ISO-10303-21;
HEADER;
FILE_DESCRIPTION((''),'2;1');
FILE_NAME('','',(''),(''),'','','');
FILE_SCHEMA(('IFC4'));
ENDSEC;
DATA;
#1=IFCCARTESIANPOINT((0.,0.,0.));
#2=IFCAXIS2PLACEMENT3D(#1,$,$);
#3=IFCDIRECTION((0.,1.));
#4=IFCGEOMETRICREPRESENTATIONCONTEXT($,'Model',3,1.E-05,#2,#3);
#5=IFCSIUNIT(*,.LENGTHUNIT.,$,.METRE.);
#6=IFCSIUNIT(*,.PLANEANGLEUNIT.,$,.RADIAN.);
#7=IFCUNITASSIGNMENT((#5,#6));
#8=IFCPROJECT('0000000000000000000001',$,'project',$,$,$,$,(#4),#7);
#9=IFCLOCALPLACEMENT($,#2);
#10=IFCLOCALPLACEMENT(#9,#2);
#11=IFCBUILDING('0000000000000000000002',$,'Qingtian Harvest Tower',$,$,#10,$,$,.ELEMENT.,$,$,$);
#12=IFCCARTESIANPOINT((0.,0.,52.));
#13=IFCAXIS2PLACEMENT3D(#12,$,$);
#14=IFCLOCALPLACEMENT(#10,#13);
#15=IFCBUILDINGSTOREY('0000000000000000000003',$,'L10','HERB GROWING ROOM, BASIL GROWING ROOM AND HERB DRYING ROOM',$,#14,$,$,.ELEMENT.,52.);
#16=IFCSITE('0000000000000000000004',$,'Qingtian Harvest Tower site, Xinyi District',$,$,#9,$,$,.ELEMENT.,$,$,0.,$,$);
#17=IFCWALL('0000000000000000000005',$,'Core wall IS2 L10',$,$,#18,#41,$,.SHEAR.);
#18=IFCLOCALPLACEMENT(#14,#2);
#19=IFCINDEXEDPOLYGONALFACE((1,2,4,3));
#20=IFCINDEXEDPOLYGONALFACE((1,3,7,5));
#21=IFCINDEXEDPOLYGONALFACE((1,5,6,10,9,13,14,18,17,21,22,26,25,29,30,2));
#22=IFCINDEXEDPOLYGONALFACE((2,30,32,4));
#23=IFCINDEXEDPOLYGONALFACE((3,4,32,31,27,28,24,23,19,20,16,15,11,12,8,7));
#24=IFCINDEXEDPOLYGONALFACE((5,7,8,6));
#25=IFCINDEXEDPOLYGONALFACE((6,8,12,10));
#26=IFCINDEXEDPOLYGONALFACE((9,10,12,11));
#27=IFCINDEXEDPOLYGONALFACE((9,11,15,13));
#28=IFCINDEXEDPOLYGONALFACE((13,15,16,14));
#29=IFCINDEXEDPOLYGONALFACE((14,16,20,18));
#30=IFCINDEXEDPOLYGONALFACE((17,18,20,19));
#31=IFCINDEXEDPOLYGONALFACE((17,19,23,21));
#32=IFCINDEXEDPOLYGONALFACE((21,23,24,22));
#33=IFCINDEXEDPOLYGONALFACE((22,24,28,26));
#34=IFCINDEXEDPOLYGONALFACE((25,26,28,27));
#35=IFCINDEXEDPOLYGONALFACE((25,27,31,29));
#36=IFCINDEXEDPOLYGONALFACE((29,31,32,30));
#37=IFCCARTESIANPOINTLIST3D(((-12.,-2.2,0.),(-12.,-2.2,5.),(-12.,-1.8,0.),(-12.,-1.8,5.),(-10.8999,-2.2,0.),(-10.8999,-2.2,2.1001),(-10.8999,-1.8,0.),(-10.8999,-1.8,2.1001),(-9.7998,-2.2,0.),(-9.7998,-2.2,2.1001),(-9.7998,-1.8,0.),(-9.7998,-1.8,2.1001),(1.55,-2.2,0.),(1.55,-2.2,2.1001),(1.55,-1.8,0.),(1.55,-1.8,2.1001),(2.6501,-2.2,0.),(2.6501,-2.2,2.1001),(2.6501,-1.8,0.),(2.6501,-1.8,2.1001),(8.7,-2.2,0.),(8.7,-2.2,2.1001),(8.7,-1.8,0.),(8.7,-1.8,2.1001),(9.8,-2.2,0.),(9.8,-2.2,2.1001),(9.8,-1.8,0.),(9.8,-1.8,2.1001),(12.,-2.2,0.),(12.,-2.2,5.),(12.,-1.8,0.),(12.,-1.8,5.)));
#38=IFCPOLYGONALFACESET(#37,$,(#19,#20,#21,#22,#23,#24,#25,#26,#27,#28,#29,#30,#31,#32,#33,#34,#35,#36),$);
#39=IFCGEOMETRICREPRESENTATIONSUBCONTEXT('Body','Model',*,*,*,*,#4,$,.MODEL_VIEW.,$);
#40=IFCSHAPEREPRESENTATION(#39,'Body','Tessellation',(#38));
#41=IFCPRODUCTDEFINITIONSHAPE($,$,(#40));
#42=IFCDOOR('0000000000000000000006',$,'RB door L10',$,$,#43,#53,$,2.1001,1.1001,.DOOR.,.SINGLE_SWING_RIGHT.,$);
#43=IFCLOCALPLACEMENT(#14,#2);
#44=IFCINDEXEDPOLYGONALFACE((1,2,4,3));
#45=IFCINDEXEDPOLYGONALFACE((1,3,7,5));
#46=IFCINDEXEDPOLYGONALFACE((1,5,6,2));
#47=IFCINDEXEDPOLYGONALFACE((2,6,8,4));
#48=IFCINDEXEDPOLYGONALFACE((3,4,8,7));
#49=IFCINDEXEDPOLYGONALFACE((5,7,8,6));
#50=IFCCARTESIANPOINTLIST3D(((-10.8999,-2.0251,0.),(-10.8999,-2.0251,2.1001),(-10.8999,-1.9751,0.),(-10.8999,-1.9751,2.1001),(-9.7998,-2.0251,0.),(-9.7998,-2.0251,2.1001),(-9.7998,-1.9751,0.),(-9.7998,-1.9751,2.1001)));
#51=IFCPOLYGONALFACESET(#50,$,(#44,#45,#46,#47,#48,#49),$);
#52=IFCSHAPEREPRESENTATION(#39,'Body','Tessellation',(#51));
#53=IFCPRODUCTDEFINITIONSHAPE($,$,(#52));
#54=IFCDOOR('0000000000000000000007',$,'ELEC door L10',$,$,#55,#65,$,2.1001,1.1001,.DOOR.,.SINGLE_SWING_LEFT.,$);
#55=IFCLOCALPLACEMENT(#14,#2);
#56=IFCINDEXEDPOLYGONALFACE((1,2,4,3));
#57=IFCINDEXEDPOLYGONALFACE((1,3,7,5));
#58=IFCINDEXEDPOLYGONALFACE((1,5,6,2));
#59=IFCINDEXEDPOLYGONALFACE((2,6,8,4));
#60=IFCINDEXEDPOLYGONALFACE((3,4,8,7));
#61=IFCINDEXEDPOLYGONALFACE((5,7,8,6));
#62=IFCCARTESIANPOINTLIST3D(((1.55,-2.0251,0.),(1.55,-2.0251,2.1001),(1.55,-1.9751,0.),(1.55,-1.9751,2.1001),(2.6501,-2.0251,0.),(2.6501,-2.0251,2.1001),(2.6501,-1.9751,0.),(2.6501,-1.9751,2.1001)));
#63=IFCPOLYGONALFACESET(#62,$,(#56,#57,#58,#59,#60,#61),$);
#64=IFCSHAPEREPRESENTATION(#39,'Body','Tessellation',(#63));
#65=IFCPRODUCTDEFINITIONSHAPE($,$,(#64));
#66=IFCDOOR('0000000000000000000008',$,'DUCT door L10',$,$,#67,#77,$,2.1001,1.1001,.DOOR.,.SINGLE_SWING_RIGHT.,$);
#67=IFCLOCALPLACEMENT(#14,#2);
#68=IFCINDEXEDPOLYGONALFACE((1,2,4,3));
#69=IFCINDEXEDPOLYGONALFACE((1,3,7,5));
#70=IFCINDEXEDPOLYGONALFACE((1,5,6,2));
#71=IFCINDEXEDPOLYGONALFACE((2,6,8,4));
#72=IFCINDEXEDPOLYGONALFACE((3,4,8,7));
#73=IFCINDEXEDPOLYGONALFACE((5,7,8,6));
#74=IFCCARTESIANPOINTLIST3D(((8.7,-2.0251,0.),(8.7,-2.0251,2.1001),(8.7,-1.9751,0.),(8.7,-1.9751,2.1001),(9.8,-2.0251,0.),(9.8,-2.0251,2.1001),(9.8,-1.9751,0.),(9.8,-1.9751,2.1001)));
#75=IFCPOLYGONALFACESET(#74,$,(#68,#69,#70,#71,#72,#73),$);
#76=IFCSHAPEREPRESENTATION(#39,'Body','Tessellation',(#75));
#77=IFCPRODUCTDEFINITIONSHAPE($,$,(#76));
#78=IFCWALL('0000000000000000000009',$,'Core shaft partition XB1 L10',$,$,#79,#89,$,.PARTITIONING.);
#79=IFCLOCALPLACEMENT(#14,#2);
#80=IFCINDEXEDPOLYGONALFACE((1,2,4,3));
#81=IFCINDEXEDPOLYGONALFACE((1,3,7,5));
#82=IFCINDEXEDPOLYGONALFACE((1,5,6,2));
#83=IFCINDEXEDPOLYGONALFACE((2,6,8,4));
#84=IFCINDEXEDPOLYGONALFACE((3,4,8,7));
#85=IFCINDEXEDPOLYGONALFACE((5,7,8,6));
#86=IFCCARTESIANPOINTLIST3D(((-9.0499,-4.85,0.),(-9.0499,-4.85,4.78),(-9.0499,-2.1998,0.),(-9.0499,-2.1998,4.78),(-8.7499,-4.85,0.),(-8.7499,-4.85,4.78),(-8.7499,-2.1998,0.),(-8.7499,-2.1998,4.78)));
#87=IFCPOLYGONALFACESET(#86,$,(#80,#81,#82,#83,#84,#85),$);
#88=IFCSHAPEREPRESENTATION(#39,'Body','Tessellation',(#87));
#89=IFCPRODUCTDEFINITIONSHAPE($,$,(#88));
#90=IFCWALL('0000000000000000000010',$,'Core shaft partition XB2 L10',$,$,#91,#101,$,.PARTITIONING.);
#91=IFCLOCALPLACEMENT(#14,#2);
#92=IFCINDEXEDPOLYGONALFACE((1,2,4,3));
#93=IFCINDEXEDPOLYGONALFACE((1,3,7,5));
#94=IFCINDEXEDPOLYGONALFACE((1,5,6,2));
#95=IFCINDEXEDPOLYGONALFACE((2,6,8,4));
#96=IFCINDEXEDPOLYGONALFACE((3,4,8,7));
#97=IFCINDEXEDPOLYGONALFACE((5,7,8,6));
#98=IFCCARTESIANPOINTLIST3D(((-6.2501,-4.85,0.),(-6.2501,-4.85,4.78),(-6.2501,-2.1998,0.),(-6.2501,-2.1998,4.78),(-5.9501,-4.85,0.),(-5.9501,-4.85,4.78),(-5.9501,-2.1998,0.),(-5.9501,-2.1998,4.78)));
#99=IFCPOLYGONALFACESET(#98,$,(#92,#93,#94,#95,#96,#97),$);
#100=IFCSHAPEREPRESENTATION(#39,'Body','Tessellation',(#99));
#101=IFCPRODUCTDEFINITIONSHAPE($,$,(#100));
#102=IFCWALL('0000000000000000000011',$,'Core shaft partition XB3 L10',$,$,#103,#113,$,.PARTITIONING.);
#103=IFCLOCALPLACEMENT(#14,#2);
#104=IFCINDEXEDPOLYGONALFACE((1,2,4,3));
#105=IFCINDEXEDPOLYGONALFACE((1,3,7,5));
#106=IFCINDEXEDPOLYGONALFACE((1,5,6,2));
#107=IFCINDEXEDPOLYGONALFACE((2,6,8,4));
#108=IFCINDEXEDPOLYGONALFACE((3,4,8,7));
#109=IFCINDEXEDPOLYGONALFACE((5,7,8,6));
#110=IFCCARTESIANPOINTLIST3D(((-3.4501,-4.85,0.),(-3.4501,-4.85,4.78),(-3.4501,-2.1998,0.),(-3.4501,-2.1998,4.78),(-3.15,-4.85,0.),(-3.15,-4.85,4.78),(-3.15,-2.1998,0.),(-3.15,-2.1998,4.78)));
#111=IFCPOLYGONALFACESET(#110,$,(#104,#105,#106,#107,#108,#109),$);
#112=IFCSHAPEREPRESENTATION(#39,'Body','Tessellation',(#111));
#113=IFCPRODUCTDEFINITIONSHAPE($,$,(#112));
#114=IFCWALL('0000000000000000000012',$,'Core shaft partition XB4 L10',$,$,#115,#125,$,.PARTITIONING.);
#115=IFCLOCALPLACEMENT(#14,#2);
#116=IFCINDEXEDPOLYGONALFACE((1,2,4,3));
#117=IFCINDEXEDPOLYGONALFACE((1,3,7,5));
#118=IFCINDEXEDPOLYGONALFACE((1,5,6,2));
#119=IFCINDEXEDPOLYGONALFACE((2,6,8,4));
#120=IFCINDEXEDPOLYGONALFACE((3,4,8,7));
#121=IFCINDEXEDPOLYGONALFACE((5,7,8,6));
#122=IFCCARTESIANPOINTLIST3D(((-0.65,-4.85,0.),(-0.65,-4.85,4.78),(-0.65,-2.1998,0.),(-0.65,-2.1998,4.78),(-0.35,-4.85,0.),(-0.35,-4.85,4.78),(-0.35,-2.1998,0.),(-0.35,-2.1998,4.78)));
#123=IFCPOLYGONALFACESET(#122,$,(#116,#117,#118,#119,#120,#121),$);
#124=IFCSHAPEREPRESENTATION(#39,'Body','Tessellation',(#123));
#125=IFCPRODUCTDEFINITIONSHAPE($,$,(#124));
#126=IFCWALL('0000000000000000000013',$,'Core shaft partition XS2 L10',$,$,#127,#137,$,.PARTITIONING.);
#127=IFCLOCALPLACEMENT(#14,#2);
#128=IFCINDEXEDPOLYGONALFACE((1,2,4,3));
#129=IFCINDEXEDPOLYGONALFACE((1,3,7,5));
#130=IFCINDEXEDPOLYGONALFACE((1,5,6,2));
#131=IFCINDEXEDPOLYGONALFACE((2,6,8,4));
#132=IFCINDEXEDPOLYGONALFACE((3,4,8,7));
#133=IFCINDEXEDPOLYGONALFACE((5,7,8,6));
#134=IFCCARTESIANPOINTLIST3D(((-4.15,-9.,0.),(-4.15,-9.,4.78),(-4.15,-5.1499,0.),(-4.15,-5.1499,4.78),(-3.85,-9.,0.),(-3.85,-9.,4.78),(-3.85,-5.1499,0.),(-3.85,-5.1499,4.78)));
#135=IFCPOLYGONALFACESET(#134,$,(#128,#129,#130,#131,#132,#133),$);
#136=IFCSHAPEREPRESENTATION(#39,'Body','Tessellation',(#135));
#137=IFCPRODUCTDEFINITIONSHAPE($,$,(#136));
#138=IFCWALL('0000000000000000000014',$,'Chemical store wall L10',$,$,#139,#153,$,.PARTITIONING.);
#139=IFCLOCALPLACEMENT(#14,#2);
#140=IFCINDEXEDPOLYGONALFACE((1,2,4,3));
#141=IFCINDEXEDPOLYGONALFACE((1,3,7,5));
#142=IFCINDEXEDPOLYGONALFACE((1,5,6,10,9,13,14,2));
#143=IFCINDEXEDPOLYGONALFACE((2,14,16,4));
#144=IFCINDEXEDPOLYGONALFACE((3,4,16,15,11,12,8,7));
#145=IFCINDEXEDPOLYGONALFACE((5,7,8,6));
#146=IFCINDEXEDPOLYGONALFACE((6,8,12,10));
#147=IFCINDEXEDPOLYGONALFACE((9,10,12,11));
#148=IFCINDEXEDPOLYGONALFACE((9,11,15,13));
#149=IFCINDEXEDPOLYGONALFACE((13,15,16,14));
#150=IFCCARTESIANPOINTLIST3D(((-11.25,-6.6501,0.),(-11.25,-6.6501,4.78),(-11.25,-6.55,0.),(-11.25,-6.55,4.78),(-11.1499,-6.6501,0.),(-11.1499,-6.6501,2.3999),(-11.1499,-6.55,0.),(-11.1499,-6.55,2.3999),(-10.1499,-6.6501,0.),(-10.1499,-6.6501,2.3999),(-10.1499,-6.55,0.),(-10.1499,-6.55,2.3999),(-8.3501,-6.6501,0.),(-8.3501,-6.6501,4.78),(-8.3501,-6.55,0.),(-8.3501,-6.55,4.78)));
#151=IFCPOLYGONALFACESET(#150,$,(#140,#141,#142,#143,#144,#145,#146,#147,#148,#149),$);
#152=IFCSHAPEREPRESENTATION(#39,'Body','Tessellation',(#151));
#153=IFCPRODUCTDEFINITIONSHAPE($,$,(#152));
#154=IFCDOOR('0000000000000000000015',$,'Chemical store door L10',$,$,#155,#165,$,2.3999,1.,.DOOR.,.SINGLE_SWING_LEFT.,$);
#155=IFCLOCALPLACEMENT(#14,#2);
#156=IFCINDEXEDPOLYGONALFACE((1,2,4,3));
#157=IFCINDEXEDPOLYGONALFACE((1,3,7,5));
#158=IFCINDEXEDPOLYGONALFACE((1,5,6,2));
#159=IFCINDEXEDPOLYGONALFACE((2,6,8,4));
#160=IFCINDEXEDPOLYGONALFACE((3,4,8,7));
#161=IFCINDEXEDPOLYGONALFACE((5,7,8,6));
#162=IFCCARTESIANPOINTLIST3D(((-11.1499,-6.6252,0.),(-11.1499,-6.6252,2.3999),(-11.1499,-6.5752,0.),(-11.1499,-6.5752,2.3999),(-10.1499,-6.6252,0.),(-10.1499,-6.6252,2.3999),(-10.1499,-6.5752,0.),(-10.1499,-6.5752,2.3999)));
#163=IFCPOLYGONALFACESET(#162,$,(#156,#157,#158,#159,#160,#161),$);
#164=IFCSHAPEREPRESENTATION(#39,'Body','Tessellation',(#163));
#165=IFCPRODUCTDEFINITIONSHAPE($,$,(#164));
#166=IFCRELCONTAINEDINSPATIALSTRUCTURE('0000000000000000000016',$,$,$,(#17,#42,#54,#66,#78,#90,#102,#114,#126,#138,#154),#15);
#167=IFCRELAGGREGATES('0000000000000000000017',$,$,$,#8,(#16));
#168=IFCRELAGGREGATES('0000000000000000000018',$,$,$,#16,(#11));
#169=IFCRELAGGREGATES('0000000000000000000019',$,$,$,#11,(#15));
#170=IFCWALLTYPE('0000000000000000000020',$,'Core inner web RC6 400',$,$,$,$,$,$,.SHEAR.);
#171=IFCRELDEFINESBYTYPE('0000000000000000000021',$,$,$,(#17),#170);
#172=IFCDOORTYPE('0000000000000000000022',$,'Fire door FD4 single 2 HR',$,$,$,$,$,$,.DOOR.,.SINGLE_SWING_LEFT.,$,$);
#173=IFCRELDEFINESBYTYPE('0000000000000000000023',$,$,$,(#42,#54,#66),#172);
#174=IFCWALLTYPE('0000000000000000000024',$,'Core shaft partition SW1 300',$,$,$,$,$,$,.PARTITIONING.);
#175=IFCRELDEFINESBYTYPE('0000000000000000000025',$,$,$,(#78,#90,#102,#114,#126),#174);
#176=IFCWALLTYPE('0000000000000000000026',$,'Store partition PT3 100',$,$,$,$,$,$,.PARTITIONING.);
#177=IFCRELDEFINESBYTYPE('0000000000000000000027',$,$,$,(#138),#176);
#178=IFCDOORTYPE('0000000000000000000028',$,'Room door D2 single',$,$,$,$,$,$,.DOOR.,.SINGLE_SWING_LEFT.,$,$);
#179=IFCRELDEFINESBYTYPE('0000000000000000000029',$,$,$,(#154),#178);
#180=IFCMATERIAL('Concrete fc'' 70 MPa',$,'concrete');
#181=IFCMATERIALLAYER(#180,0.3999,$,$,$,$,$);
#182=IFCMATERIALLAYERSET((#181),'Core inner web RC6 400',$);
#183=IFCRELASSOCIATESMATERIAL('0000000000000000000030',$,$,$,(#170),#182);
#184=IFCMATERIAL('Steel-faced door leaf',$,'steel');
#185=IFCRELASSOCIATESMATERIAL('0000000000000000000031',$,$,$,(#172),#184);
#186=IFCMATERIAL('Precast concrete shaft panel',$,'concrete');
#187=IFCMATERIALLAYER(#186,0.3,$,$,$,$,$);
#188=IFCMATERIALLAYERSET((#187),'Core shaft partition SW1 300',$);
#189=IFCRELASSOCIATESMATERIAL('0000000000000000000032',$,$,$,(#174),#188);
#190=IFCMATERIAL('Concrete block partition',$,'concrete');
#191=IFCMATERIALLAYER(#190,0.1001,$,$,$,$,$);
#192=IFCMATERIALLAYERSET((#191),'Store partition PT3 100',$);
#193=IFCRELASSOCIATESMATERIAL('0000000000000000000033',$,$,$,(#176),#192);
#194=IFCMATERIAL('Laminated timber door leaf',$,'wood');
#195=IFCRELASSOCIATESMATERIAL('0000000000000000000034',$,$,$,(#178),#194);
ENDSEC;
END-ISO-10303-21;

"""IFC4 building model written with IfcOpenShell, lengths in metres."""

from ifc_helpers import new_model, si_unit, direction, frame, frame_2d, origin, place, context, subcontext, project, spatial, rectangle, extrude, material, layer, layer_set, type_object, element, fill, save


model = new_model("IFC4")

# Units and contexts
model_context = context("Model", 3, precision=1e-05, world=origin(), true_north=direction((0.0, 1.0)))
body_context = subcontext(model_context, "Body", "Model", "MODEL_VIEW")
ifc_project = project(units=[si_unit("LENGTHUNIT", "METRE"), si_unit("PLANEANGLEUNIT", "RADIAN")], contexts=[model_context])

# Site, building, storey
site_placement = place(None, origin())
site = spatial("IfcSite", under=ifc_project, at=site_placement, Name="Qingtian Harvest Tower site, Xinyi District", CompositionType="ELEMENT", RefElevation=0.0)
building_placement = place(site_placement, origin())
building = spatial("IfcBuilding", under=site, at=building_placement, Name="Qingtian Harvest Tower", CompositionType="ELEMENT")
storey_placement = place(building_placement, frame((0.0, 0.0, 52.0)))
storey = spatial("IfcBuildingStorey", under=building, at=storey_placement, Name="L10", Description="HERB GROWING ROOM, BASIL GROWING ROOM AND HERB DRYING ROOM", CompositionType="ELEMENT", Elevation=52.0)

# Wall, openings, doors
ifc_material_1 = material(Name="Concrete fc' 70 MPa", Category="concrete")
ifc_layer_1 = layer(ifc_material_1, 0.3999)
ifc_layer_set_1 = layer_set([ifc_layer_1], Name="Core inner web RC6 400")
wall_type_1 = type_object("IfcWallType", Name="Core inner web RC6 400", PredefinedType="SHEAR", material=ifc_layer_set_1)
wall_1_placement = place(storey_placement, frame((-12.0, -2.0, 0.0), z_axis=(0.0, 0.0, 1.0), x_axis=(1.0, 0.0, 0.0)))
wall_1 = element("IfcWall", 1, at=wall_1_placement, inside=storey, type_object=wall_type_1, Name="Core wall IS2 L10", PredefinedType="SHEAR", context=body_context, shape_type="SweptSolid", body=[
    extrude(rectangle(XDim=24.0, YDim=0.3999, at=frame_2d((12.0, 0.0))), origin(), (0.0, 0.0, 1.0), 5.0),
])
opening_1_placement = place(wall_1_placement, frame((1.1001, 0.0, 0.0)))
opening_1 = element("IfcOpeningElement", 2, at=opening_1_placement, cuts=wall_1, PredefinedType="OPENING", context=body_context, shape_type="SweptSolid", body=[
    extrude(rectangle(XDim=1.1001, YDim=2.1001, at=frame_2d((0.55, 1.05))), frame((0.0, 0.21, 0.0), z_axis=(0.0, -1.0, 0.0), x_axis=(1.0, 0.0, 0.0)), (0.0, 0.0, 1.0), 0.4199),
])
opening_2_placement = place(wall_1_placement, frame((13.55, 0.0, 0.0)))
opening_2 = element("IfcOpeningElement", 3, at=opening_2_placement, cuts=wall_1, PredefinedType="OPENING", context=body_context, shape_type="SweptSolid", body=[
    extrude(rectangle(XDim=1.1001, YDim=2.1001, at=frame_2d((0.55, 1.05))), frame((0.0, 0.21, 0.0), z_axis=(0.0, -1.0, 0.0), x_axis=(1.0, 0.0, 0.0)), (0.0, 0.0, 1.0), 0.4199),
])
opening_3_placement = place(wall_1_placement, frame((20.7, 0.0, 0.0)))
opening_3 = element("IfcOpeningElement", 4, at=opening_3_placement, cuts=wall_1, PredefinedType="OPENING", context=body_context, shape_type="SweptSolid", body=[
    extrude(rectangle(XDim=1.1001, YDim=2.1001, at=frame_2d((0.55, 1.05))), frame((0.0, 0.21, 0.0), z_axis=(0.0, -1.0, 0.0), x_axis=(1.0, 0.0, 0.0)), (0.0, 0.0, 1.0), 0.4199),
])
ifc_material_2 = material(Name="Steel-faced door leaf", Category="steel")
door_type_1 = type_object("IfcDoorType", Name="Fire door FD4 single 2 HR", OperationType="SINGLE_SWING_LEFT", PredefinedType="DOOR", material=ifc_material_2)
door_1_placement = place(opening_1_placement, origin())
door_1 = element("IfcDoor", 5, at=door_1_placement, inside=storey, type_object=door_type_1, Name="RB door L10", OperationType="SINGLE_SWING_RIGHT", OverallHeight=2.1001, OverallWidth=1.1001, PredefinedType="DOOR", context=body_context, shape_type="SweptSolid", body=[
    extrude(rectangle(XDim=1.1001, YDim=2.1001, at=frame_2d((0.55, 1.05))), frame((0.0, 0.0249, 0.0), z_axis=(0.0, -1.0, 0.0), x_axis=(1.0, 0.0, 0.0)), (0.0, 0.0, 1.0), 0.05),
])
fill(opening_1, door_1)
door_2_placement = place(opening_2_placement, origin())
door_2 = element("IfcDoor", 6, at=door_2_placement, inside=storey, type_object=door_type_1, Name="ELEC door L10", OperationType="SINGLE_SWING_LEFT", OverallHeight=2.1001, OverallWidth=1.1001, PredefinedType="DOOR", context=body_context, shape_type="SweptSolid", body=[
    extrude(rectangle(XDim=1.1001, YDim=2.1001, at=frame_2d((0.55, 1.05))), frame((0.0, 0.0249, 0.0), z_axis=(0.0, -1.0, 0.0), x_axis=(1.0, 0.0, 0.0)), (0.0, 0.0, 1.0), 0.05),
])
fill(opening_2, door_2)
door_3_placement = place(opening_3_placement, origin())
door_3 = element("IfcDoor", 7, at=door_3_placement, inside=storey, type_object=door_type_1, Name="DUCT door L10", OperationType="SINGLE_SWING_RIGHT", OverallHeight=2.1001, OverallWidth=1.1001, PredefinedType="DOOR", context=body_context, shape_type="SweptSolid", body=[
    extrude(rectangle(XDim=1.1001, YDim=2.1001, at=frame_2d((0.55, 1.05))), frame((0.0, 0.0249, 0.0), z_axis=(0.0, -1.0, 0.0), x_axis=(1.0, 0.0, 0.0)), (0.0, 0.0, 1.0), 0.05),
])
fill(opening_3, door_3)

# Walls
ifc_material_3 = material(Name="Precast concrete shaft panel", Category="concrete")
ifc_layer_2 = layer(ifc_material_3, 0.3)
ifc_layer_set_2 = layer_set([ifc_layer_2], Name="Core shaft partition SW1 300")
wall_type_2 = type_object("IfcWallType", Name="Core shaft partition SW1 300", PredefinedType="PARTITIONING", material=ifc_layer_set_2)
for number, where, z_axis, x_axis, name in (
    (8, (-8.8999, -4.8501, 0.0), (0.0, 0.0, 1.0), (0.0, 1.0, 0.0), "Core shaft partition XB1 L10"),
    (9, (-6.1001, -4.8501, 0.0), (0.0, 0.0, 1.0), (0.0, 1.0, 0.0), "Core shaft partition XB2 L10"),
    (10, (-3.3, -4.8501, 0.0), (0.0, 0.0, 1.0), (0.0, 1.0, 0.0), "Core shaft partition XB3 L10"),
    (11, (-0.5, -4.8501, 0.0), (0.0, 0.0, 1.0), (0.0, 1.0, 0.0), "Core shaft partition XB4 L10"),
):
    element("IfcWall", number, at=place(storey_placement, frame(where, z_axis=z_axis, x_axis=x_axis)), inside=storey, type_object=wall_type_2, Name=name, PredefinedType="PARTITIONING", context=body_context, shape_type="SweptSolid", body=[
        extrude(rectangle(XDim=2.6501, YDim=0.3, at=frame_2d((1.3252, 0.0))), origin(), (0.0, 0.0, 1.0), 4.78),
    ])
wall_2_placement = place(storey_placement, frame((-4.0, -9.0, 0.0), z_axis=(0.0, 0.0, 1.0), x_axis=(0.0, 1.0, 0.0)))
element("IfcWall", 12, at=wall_2_placement, inside=storey, type_object=wall_type_2, Name="Core shaft partition XS2 L10", PredefinedType="PARTITIONING", context=body_context, shape_type="SweptSolid", body=[
    extrude(rectangle(XDim=3.8501, YDim=0.3, at=frame_2d((1.925, 0.0))), origin(), (0.0, 0.0, 1.0), 4.78),
])

# Wall, opening, door
ifc_material_4 = material(Name="Concrete block partition", Category="concrete")
ifc_layer_3 = layer(ifc_material_4, 0.1001)
ifc_layer_set_3 = layer_set([ifc_layer_3], Name="Store partition PT3 100")
wall_type_3 = type_object("IfcWallType", Name="Store partition PT3 100", PredefinedType="PARTITIONING", material=ifc_layer_set_3)
wall_3_placement = place(storey_placement, frame((-11.25, -6.6001, 0.0), z_axis=(0.0, 0.0, 1.0), x_axis=(1.0, 0.0, 0.0)))
wall_3 = element("IfcWall", 13, at=wall_3_placement, inside=storey, type_object=wall_type_3, Name="Chemical store wall L10", PredefinedType="PARTITIONING", context=body_context, shape_type="SweptSolid", body=[
    extrude(rectangle(XDim=2.8999, YDim=0.1001, at=frame_2d((1.45, 0.0))), origin(), (0.0, 0.0, 1.0), 4.78),
])
opening_4_placement = place(wall_3_placement, frame((0.1001, 0.0, 0.0)))
opening_4 = element("IfcOpeningElement", 14, at=opening_4_placement, cuts=wall_3, PredefinedType="OPENING", context=body_context, shape_type="SweptSolid", body=[
    extrude(rectangle(XDim=1.0, YDim=2.3999, at=frame_2d((0.5, 1.2))), frame((0.0, 0.0601, 0.0), z_axis=(0.0, -1.0, 0.0), x_axis=(1.0, 0.0, 0.0)), (0.0, 0.0, 1.0), 0.1201),
])
ifc_material_5 = material(Name="Laminated timber door leaf", Category="wood")
door_type_2 = type_object("IfcDoorType", Name="Room door D2 single", OperationType="SINGLE_SWING_LEFT", PredefinedType="DOOR", material=ifc_material_5)
door_4_placement = place(opening_4_placement, origin())
door_4 = element("IfcDoor", 15, at=door_4_placement, inside=storey, type_object=door_type_2, Name="Chemical store door L10", OperationType="SINGLE_SWING_LEFT", OverallHeight=2.3999, OverallWidth=1.0, PredefinedType="DOOR", context=body_context, shape_type="SweptSolid", body=[
    extrude(rectangle(XDim=1.0, YDim=2.3999, at=frame_2d((0.5, 1.2))), frame((0.0, 0.0249, 0.0), z_axis=(0.0, -1.0, 0.0), x_axis=(1.0, 0.0, 0.0)), (0.0, 0.0, 1.0), 0.05),
])
fill(opening_4, door_4)

save(model, "model.ifc")
